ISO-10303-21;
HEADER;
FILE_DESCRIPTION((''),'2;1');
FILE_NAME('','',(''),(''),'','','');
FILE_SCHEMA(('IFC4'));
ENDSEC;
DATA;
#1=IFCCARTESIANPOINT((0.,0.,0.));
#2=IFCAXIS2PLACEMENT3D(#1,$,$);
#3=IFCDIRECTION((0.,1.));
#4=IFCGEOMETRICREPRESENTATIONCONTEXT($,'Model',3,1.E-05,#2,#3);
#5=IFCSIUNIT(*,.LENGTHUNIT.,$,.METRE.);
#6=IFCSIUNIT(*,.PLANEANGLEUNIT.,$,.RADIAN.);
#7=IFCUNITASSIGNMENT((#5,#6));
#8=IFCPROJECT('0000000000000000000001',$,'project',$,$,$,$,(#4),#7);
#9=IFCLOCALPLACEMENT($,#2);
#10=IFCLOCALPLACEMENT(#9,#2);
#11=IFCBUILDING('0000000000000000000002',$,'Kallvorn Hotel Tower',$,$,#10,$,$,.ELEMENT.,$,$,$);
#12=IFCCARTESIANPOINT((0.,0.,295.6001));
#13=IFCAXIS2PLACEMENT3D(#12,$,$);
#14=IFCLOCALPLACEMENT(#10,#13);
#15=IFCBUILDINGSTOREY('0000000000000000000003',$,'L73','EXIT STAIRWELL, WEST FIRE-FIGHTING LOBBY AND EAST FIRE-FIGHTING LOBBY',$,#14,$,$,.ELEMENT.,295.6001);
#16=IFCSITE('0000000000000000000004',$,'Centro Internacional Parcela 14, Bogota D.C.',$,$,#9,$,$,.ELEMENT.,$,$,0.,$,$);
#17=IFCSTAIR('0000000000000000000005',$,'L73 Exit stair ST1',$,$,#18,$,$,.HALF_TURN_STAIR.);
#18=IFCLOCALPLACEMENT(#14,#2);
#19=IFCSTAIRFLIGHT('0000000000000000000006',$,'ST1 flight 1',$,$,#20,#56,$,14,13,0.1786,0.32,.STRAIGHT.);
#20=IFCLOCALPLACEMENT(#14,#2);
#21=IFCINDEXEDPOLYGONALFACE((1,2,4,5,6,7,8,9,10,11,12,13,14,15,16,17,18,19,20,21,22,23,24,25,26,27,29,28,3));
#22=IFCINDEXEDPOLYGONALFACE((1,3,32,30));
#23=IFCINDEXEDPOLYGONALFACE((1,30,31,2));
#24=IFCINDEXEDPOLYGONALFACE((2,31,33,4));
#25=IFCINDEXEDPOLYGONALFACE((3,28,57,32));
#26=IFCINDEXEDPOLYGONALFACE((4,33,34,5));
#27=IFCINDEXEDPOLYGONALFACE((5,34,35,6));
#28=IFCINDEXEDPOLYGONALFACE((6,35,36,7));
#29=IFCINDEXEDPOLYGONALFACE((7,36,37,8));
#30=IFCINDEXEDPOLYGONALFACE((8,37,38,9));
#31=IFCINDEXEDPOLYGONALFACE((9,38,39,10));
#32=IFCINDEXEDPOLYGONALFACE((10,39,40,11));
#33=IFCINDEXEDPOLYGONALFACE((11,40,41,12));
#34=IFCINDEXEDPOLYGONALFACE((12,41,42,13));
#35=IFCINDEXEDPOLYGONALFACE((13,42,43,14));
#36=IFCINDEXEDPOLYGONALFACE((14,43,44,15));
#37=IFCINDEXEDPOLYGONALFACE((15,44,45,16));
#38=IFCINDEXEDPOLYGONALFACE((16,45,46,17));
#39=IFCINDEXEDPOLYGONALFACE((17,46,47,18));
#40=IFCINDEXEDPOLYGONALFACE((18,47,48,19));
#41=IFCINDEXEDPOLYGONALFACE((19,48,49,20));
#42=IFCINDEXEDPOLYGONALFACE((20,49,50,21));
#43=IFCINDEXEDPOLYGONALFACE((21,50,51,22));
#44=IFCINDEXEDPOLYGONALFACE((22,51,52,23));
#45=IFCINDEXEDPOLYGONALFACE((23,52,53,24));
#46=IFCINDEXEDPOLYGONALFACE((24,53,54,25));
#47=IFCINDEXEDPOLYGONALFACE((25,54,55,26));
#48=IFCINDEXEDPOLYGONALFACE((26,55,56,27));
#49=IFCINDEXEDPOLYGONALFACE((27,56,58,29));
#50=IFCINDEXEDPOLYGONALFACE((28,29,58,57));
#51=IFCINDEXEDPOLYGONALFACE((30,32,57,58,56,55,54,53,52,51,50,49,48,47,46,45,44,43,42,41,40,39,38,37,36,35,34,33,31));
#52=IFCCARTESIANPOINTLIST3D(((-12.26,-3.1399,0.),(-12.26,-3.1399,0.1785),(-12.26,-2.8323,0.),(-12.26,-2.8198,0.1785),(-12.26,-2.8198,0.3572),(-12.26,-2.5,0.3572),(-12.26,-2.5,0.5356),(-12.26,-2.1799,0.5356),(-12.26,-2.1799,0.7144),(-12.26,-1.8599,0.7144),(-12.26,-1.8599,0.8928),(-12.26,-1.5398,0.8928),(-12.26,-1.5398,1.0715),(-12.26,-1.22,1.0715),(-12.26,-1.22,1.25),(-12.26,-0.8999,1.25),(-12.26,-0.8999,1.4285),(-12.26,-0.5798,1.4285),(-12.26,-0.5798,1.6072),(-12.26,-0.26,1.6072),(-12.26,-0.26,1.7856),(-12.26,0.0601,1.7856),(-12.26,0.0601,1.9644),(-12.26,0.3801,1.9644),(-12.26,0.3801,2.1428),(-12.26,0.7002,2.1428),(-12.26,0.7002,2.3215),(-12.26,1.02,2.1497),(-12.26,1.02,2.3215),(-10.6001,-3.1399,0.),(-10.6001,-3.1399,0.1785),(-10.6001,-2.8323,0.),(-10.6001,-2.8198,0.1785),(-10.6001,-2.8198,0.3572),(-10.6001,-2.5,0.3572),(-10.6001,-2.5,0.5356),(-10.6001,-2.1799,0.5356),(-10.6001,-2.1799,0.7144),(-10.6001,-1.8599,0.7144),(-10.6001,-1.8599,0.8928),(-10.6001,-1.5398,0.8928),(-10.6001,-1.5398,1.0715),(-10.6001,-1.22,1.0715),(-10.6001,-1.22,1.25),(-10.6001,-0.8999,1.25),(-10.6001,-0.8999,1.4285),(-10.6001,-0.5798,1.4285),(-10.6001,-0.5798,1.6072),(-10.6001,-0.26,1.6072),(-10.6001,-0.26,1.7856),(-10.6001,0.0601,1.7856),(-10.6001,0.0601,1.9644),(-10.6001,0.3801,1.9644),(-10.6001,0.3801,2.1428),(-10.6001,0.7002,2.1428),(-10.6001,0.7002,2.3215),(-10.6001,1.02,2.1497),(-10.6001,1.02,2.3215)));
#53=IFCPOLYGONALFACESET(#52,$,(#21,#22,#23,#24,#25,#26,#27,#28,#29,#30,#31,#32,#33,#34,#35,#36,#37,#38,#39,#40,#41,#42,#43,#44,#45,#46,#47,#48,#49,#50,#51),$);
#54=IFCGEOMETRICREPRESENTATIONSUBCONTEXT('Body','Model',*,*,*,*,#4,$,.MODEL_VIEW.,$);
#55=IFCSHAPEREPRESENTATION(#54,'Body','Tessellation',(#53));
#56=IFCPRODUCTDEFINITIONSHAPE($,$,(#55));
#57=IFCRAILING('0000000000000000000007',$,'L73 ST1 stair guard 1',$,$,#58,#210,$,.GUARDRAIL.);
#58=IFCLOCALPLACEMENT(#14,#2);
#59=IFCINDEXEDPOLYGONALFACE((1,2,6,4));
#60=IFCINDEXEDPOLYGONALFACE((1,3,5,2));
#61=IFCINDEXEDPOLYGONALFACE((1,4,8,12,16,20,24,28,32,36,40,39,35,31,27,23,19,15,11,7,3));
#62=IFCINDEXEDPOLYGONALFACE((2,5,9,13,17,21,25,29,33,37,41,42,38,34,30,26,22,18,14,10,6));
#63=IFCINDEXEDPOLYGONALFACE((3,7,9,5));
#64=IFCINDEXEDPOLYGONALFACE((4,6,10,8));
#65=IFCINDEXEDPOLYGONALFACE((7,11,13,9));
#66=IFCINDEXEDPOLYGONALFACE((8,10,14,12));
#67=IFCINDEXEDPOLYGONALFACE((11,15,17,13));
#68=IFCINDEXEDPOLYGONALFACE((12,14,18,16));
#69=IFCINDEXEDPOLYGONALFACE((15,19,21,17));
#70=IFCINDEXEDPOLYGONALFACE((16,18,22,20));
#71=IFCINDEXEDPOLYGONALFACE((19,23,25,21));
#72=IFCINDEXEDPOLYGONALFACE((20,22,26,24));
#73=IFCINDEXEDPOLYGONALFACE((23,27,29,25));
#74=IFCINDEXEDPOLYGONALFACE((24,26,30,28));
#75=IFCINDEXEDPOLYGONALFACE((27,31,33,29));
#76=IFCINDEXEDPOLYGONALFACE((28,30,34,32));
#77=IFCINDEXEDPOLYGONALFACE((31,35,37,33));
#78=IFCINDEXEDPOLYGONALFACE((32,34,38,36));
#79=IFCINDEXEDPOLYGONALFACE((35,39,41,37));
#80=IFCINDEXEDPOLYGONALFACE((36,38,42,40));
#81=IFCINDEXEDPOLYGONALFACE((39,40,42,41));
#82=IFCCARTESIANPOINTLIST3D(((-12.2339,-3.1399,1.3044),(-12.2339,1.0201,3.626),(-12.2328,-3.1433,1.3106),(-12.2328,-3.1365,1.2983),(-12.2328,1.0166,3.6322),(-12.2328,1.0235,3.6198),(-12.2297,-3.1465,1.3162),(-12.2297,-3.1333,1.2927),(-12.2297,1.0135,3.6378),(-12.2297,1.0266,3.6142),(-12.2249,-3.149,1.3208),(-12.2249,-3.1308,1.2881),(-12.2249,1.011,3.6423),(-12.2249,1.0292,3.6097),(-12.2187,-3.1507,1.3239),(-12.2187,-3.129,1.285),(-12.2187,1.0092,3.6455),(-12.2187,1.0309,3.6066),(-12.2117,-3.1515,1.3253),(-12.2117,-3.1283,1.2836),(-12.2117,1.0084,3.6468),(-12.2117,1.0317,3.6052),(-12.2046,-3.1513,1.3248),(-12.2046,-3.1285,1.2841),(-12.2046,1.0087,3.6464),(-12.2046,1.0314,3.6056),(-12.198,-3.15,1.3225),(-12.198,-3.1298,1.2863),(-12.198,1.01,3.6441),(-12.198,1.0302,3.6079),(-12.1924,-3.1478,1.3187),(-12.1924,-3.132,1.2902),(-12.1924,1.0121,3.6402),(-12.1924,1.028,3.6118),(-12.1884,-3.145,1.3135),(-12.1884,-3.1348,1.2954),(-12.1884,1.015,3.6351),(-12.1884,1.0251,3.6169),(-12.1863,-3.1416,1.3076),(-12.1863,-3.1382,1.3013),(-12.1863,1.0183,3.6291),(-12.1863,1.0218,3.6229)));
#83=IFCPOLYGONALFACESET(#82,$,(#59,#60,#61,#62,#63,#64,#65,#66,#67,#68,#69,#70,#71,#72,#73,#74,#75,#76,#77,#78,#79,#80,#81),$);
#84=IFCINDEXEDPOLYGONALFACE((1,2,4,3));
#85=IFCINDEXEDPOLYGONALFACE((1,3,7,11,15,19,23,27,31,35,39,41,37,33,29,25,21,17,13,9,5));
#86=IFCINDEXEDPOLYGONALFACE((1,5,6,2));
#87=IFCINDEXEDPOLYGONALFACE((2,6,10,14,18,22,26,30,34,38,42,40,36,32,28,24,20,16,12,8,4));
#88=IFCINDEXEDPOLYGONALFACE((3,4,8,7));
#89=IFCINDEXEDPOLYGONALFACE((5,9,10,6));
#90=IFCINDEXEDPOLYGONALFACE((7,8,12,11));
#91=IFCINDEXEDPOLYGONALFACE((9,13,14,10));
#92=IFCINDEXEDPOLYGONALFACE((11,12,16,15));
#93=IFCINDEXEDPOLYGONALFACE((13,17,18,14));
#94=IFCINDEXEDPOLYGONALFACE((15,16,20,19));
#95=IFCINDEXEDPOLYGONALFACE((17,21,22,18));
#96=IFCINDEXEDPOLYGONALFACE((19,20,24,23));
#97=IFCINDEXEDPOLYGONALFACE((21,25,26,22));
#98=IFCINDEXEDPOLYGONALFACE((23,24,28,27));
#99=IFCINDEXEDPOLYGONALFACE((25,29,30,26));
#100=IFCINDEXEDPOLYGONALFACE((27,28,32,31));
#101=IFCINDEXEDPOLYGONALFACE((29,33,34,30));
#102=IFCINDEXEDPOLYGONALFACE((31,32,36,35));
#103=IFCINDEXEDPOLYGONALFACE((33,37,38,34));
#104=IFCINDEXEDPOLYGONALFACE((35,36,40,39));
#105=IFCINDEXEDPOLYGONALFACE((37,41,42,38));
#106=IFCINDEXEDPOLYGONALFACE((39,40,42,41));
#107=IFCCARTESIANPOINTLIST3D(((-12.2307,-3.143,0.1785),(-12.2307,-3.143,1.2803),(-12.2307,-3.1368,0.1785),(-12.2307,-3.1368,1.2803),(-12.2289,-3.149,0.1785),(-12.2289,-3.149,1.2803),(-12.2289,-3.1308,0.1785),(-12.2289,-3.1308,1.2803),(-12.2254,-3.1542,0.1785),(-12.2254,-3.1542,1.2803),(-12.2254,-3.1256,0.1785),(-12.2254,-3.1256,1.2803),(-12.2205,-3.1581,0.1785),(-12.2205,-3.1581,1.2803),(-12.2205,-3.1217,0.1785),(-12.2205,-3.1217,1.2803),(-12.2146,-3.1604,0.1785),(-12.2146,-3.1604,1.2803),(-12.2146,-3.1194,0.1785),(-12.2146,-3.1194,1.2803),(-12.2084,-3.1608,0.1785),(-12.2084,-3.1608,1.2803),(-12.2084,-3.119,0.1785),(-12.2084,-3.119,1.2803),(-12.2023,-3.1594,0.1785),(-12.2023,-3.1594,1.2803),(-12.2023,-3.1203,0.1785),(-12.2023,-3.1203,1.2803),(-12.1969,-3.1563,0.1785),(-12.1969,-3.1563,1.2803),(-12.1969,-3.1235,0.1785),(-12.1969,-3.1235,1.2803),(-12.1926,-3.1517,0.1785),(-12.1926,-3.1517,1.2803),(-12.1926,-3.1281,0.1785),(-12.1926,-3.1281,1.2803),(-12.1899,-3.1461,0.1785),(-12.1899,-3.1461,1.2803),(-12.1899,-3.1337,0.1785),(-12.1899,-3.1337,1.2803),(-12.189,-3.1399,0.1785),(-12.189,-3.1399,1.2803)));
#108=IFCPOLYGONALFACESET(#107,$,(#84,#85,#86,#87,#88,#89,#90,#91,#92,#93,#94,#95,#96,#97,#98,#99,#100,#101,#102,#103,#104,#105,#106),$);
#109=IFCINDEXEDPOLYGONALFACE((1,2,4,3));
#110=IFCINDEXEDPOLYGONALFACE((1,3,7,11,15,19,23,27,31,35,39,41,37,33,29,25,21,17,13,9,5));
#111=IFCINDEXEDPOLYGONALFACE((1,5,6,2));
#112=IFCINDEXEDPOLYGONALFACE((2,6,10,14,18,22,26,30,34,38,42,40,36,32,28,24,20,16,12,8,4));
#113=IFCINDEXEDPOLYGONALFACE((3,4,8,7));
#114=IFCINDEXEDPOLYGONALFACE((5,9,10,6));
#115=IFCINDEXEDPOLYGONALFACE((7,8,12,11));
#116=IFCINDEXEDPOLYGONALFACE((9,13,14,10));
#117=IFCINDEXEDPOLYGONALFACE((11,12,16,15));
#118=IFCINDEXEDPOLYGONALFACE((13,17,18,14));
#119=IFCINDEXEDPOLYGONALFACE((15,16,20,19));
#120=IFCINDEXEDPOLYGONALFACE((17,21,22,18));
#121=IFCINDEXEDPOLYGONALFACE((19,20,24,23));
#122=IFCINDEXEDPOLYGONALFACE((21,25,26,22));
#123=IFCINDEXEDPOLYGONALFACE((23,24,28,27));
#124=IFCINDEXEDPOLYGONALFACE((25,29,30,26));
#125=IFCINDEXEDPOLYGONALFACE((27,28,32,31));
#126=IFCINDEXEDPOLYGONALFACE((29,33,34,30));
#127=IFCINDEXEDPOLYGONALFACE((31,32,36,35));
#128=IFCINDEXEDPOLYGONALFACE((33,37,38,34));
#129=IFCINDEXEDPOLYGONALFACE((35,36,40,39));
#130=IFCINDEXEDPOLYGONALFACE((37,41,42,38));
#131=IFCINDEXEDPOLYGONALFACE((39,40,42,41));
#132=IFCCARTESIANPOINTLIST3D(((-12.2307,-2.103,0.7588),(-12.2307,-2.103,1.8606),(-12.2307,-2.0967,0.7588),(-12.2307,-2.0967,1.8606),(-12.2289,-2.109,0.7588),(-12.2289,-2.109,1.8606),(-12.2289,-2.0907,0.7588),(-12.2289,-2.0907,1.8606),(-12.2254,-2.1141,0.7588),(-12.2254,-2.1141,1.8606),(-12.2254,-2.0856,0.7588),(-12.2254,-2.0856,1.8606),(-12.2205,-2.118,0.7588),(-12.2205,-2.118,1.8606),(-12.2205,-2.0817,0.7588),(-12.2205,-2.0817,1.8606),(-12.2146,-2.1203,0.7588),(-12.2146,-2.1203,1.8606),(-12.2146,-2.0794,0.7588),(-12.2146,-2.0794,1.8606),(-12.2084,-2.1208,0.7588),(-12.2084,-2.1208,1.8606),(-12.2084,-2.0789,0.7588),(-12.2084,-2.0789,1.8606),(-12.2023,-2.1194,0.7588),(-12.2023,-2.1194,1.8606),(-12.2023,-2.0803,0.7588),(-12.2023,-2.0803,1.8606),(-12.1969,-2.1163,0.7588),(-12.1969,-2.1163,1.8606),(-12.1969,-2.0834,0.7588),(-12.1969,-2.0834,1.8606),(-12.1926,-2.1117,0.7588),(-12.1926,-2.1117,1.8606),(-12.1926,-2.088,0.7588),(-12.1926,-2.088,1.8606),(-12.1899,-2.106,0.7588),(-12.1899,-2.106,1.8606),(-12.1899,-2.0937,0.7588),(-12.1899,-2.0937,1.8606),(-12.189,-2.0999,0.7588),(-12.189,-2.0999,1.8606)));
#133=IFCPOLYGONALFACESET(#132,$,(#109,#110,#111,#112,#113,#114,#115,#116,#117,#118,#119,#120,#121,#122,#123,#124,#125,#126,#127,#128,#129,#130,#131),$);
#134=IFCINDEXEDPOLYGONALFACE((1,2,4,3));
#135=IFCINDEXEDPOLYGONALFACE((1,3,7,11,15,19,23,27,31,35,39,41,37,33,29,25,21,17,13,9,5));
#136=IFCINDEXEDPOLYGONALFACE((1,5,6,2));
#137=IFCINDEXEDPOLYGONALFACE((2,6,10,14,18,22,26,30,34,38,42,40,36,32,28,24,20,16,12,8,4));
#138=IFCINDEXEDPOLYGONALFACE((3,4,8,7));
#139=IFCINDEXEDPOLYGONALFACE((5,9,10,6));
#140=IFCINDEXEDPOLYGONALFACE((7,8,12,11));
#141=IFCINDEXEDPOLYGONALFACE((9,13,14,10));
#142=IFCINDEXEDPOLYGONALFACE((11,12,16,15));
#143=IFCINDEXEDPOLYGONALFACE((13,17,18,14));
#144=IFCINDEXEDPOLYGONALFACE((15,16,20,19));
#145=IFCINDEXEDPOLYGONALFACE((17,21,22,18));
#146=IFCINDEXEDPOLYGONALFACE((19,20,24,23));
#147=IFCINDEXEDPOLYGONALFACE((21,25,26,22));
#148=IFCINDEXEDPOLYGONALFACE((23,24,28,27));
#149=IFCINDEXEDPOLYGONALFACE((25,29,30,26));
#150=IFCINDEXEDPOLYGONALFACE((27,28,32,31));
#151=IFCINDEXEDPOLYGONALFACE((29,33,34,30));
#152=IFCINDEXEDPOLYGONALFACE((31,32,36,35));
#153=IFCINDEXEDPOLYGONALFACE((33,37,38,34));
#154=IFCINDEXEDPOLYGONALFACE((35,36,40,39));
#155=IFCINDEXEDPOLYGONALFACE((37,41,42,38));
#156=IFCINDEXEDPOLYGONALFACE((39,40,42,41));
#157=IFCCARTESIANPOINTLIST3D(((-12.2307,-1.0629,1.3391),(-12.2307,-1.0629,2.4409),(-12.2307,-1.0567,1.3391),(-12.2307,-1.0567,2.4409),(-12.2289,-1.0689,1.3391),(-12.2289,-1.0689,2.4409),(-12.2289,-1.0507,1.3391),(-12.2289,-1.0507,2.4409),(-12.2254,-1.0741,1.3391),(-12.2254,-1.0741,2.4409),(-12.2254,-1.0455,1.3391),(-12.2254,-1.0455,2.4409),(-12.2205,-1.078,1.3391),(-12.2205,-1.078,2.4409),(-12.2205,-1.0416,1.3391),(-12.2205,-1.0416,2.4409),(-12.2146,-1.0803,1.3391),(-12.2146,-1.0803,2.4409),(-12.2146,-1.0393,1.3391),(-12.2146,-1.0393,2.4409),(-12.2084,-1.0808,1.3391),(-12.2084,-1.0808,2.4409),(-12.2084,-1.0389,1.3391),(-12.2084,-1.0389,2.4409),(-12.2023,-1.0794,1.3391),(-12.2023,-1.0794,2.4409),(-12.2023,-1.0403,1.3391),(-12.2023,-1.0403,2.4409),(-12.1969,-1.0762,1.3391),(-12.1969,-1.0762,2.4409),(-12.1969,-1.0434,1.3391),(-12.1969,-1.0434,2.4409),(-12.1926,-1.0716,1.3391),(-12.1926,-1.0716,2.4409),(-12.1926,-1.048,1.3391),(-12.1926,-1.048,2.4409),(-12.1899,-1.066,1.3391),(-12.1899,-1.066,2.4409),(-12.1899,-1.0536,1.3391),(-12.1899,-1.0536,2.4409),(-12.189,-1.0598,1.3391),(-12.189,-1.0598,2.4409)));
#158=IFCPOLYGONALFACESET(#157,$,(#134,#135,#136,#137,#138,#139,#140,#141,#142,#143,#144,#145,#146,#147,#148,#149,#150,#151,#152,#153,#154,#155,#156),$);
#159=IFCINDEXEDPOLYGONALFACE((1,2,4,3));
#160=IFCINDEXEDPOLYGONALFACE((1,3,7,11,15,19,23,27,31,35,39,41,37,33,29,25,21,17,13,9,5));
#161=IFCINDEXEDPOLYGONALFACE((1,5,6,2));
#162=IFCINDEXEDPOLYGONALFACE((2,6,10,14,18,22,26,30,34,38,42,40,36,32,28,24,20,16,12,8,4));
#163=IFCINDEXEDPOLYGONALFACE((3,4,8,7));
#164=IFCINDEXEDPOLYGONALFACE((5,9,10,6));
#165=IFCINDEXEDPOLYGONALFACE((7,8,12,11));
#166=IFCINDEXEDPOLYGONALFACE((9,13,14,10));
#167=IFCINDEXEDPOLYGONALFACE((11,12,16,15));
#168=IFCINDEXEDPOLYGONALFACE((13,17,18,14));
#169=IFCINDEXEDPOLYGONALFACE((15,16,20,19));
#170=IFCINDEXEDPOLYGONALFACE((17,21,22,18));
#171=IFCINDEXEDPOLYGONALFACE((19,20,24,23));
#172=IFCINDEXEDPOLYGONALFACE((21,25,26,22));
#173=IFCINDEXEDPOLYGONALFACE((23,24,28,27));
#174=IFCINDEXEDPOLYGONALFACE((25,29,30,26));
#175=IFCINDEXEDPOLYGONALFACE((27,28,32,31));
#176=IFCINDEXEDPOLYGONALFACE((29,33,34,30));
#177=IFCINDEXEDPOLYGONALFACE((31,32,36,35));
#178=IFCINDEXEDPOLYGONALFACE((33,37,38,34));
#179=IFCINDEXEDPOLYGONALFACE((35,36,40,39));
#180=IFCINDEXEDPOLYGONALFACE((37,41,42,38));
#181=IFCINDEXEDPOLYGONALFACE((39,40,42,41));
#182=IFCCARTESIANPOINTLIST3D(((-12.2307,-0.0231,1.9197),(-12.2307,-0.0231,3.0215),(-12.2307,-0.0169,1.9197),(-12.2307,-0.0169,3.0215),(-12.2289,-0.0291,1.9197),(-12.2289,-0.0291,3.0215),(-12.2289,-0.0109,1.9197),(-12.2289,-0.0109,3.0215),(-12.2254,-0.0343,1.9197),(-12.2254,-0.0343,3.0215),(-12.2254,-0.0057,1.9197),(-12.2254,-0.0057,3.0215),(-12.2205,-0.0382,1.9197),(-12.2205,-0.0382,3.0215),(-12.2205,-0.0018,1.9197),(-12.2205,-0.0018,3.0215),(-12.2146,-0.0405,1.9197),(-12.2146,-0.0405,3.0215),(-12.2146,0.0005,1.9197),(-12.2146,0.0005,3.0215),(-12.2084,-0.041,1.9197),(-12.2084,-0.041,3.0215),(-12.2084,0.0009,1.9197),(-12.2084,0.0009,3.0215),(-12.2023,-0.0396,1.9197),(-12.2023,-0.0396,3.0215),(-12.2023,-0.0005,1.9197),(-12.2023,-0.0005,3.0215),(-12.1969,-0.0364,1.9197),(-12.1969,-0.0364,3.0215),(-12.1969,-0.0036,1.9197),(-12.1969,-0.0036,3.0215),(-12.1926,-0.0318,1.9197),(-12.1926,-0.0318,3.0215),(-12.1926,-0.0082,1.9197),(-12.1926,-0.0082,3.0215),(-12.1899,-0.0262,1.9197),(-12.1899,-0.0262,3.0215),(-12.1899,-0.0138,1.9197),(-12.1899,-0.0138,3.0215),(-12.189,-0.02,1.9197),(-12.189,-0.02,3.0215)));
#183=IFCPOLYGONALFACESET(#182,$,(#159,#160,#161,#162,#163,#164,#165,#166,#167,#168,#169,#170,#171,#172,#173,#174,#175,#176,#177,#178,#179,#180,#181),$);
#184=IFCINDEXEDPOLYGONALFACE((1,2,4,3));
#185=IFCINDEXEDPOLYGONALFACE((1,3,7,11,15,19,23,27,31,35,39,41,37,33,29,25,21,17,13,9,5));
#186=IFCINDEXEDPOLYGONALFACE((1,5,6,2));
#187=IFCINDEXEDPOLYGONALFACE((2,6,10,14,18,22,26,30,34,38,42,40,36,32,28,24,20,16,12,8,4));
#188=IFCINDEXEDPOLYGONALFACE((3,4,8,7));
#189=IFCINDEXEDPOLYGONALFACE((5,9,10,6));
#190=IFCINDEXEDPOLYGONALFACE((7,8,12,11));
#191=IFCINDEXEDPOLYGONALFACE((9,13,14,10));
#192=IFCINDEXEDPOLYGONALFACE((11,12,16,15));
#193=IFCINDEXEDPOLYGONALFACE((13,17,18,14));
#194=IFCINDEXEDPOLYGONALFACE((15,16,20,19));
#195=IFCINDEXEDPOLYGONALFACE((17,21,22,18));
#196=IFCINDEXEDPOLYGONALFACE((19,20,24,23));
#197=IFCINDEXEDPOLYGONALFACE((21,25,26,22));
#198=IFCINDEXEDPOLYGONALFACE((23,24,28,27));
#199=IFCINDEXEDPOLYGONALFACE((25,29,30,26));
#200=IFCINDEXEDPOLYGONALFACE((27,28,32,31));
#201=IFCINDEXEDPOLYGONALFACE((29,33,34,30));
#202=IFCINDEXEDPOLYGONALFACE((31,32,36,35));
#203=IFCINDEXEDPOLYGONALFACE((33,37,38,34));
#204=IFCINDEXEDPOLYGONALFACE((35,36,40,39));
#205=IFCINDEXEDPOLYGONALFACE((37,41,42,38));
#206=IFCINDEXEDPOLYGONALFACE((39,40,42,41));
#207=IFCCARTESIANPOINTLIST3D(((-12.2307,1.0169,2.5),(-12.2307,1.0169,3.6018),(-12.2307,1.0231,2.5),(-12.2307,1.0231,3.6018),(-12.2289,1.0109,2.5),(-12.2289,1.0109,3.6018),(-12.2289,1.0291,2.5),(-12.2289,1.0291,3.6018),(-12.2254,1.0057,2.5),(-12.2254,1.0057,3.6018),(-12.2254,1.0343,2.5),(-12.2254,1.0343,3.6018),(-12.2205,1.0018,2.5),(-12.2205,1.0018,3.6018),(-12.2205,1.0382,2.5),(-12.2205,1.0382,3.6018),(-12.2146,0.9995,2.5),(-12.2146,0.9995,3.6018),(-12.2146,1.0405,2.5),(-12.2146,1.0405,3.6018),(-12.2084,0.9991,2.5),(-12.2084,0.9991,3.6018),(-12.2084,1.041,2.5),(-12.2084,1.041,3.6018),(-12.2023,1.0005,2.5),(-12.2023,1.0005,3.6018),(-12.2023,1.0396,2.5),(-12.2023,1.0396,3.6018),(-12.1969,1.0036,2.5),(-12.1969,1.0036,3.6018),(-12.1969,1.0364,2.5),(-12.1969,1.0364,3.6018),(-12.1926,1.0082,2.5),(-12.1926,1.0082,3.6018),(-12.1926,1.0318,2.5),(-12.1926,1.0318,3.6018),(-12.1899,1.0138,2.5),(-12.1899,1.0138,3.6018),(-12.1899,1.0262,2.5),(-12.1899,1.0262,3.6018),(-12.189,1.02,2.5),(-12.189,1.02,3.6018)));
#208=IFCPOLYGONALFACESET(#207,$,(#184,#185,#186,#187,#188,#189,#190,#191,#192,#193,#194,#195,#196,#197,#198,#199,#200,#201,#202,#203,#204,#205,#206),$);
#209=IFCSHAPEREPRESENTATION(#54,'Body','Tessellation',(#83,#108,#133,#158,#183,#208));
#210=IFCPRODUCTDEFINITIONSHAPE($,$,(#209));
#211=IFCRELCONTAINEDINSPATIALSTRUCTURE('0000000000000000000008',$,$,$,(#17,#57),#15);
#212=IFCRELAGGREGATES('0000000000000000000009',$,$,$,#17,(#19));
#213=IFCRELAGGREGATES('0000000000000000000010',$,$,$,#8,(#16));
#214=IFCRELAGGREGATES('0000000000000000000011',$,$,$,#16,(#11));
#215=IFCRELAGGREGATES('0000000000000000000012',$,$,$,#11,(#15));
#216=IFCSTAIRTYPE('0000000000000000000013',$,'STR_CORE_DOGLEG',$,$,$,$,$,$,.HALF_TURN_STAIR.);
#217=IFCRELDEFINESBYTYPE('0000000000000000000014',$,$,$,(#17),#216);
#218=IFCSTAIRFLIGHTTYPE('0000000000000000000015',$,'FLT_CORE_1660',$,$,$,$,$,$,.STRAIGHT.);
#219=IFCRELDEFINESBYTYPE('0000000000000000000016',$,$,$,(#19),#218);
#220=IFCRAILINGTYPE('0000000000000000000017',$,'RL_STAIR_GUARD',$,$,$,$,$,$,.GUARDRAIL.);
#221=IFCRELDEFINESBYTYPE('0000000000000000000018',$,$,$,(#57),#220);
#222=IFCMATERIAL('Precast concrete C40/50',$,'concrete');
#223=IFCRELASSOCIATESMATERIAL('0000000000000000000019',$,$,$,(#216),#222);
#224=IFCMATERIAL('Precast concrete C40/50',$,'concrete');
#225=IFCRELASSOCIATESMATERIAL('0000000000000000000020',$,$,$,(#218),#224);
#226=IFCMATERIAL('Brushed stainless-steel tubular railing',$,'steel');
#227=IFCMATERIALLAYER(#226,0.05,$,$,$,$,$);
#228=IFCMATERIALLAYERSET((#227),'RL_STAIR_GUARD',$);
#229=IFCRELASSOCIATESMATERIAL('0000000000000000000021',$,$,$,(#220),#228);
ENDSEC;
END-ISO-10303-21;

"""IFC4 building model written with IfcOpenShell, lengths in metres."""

from ifc_helpers import new_model, si_unit, direction, frame, origin, origin_2d, place, context, subcontext, project, spatial, polyline, circle, outline, extrude, material, layer, layer_set, type_object, element, aggregate, save


model = new_model("IFC4")

# Units and contexts
model_context = context("Model", 3, precision=1e-05, world=origin(), true_north=direction((0.0, 1.0)))
body_context = subcontext(model_context, "Body", "Model", "MODEL_VIEW")
ifc_project = project(units=[si_unit("LENGTHUNIT", "METRE"), si_unit("PLANEANGLEUNIT", "RADIAN")], contexts=[model_context])

# Site, building, storey
site_placement = place(None, origin())
site = spatial("IfcSite", under=ifc_project, at=site_placement, Name="Centro Internacional Parcela 14, Bogota D.C.", CompositionType="ELEMENT", RefElevation=0.0)
building_placement = place(site_placement, origin())
building = spatial("IfcBuilding", under=site, at=building_placement, Name="Kallvorn Hotel Tower", CompositionType="ELEMENT")
storey_placement = place(building_placement, frame((0.0, 0.0, 295.6001)))
storey = spatial("IfcBuildingStorey", under=building, at=storey_placement, Name="L73", Description="EXIT STAIRWELL, WEST FIRE-FIGHTING LOBBY AND EAST FIRE-FIGHTING LOBBY", CompositionType="ELEMENT", Elevation=295.6001)

# Stair, stair flight
ifc_material_1 = material(Name="Precast concrete C40/50", Category="concrete")
stair_type = type_object("IfcStairType", Name="STR_CORE_DOGLEG", PredefinedType="HALF_TURN_STAIR", material=ifc_material_1)
stair_placement = place(storey_placement, origin())
stair = element("IfcStair", 1, at=stair_placement, inside=storey, type_object=stair_type, Name="L73 Exit stair ST1", PredefinedType="HALF_TURN_STAIR")
ifc_material_2 = material(Name="Precast concrete C40/50", Category="concrete")
stair_flight_type = type_object("IfcStairFlightType", Name="FLT_CORE_1660", PredefinedType="STRAIGHT", material=ifc_material_2)
stair_flight_placement = place(storey_placement, frame((-11.4299, -3.1399, 0.0), z_axis=(0.0, 0.0, 1.0), x_axis=(0.0, 1.0, 0.0)))
stair_flight = element("IfcStairFlight", 2, at=stair_flight_placement, type_object=stair_flight_type, Name="ST1 flight 1", NumberOfRisers=14, NumberOfTreads=13, PredefinedType="STRAIGHT", RiserHeight=0.1786, TreadLength=0.32, context=body_context, shape_type="SweptSolid", body=[
    extrude(outline(polyline([(0.0, 0.0), (0.0, 0.1785), (0.3201, 0.1785), (0.3201, 0.3572), (0.6399, 0.3572), (0.6399, 0.5356), (0.96, 0.5356), (0.96, 0.7144), (1.28, 0.7144), (1.28, 0.8928), (1.6001, 0.8928), (1.6001, 1.0715), (1.9199, 1.0715), (1.9199, 1.25), (2.24, 1.25), (2.24, 1.4285), (2.5601, 1.4285), (2.5601, 1.6072), (2.8799, 1.6072), (2.8799, 1.7856), (3.2, 1.7856), (3.2, 1.9644), (3.52, 1.9644), (3.52, 2.1428), (3.8401, 2.1428), (3.8401, 2.3215), (4.1599, 2.3215), (4.1599, 2.5), (4.1599, 2.1497), (0.3076, 0.0), (0.0, 0.0)])), frame((0.0, 0.8301, 0.0), z_axis=(0.0, -1.0, 0.0), x_axis=(1.0, 0.0, 0.0)), (0.0, 0.0, 1.0), 1.6599),
])
aggregate(stair, [stair_flight])

# Railing
ifc_material_3 = material(Name="Brushed stainless-steel tubular railing", Category="steel")
ifc_layer_1 = layer(ifc_material_3, 0.05)
ifc_layer_set_1 = layer_set([ifc_layer_1], Name="RL_STAIR_GUARD")
railing_type_1 = type_object("IfcRailingType", Name="RL_STAIR_GUARD", PredefinedType="GUARDRAIL", material=ifc_layer_set_1)
railing_1_placement = place(storey_placement, frame((-12.21, -3.1399, 0.1785)))
element("IfcRailing", 3, at=railing_1_placement, inside=storey, type_object=railing_type_1, Name="L73 ST1 stair guard 1", PredefinedType="GUARDRAIL", context=body_context, shape_type="SweptSolid", body=[
    extrude(circle(Radius=0.0239, at=origin_2d()), frame((0.0, 0.0, 1.126), z_axis=(0.0, 0.873223, 0.487322), x_axis=(-1.0, 0.0, 0.0)), (0.0, 0.0, 1.0), 4.7639),
    extrude(circle(Radius=0.021, at=origin_2d()), origin(), (0.0, 0.0, 1.0), 1.1018),
    extrude(circle(Radius=0.021, at=origin_2d()), frame((0.0, 1.04, 0.5803)), (0.0, 0.0, 1.0), 1.1018),
    extrude(circle(Radius=0.021, at=origin_2d()), frame((0.0, 2.0801, 1.1606)), (0.0, 0.0, 1.0), 1.1018),
    extrude(circle(Radius=0.021, at=origin_2d()), frame((0.0, 3.1199, 1.7412)), (0.0, 0.0, 1.0), 1.1018),
    extrude(circle(Radius=0.021, at=origin_2d()), frame((0.0, 4.1599, 2.3215)), (0.0, 0.0, 1.0), 1.1018),
])

save(model, "model.ifc")
